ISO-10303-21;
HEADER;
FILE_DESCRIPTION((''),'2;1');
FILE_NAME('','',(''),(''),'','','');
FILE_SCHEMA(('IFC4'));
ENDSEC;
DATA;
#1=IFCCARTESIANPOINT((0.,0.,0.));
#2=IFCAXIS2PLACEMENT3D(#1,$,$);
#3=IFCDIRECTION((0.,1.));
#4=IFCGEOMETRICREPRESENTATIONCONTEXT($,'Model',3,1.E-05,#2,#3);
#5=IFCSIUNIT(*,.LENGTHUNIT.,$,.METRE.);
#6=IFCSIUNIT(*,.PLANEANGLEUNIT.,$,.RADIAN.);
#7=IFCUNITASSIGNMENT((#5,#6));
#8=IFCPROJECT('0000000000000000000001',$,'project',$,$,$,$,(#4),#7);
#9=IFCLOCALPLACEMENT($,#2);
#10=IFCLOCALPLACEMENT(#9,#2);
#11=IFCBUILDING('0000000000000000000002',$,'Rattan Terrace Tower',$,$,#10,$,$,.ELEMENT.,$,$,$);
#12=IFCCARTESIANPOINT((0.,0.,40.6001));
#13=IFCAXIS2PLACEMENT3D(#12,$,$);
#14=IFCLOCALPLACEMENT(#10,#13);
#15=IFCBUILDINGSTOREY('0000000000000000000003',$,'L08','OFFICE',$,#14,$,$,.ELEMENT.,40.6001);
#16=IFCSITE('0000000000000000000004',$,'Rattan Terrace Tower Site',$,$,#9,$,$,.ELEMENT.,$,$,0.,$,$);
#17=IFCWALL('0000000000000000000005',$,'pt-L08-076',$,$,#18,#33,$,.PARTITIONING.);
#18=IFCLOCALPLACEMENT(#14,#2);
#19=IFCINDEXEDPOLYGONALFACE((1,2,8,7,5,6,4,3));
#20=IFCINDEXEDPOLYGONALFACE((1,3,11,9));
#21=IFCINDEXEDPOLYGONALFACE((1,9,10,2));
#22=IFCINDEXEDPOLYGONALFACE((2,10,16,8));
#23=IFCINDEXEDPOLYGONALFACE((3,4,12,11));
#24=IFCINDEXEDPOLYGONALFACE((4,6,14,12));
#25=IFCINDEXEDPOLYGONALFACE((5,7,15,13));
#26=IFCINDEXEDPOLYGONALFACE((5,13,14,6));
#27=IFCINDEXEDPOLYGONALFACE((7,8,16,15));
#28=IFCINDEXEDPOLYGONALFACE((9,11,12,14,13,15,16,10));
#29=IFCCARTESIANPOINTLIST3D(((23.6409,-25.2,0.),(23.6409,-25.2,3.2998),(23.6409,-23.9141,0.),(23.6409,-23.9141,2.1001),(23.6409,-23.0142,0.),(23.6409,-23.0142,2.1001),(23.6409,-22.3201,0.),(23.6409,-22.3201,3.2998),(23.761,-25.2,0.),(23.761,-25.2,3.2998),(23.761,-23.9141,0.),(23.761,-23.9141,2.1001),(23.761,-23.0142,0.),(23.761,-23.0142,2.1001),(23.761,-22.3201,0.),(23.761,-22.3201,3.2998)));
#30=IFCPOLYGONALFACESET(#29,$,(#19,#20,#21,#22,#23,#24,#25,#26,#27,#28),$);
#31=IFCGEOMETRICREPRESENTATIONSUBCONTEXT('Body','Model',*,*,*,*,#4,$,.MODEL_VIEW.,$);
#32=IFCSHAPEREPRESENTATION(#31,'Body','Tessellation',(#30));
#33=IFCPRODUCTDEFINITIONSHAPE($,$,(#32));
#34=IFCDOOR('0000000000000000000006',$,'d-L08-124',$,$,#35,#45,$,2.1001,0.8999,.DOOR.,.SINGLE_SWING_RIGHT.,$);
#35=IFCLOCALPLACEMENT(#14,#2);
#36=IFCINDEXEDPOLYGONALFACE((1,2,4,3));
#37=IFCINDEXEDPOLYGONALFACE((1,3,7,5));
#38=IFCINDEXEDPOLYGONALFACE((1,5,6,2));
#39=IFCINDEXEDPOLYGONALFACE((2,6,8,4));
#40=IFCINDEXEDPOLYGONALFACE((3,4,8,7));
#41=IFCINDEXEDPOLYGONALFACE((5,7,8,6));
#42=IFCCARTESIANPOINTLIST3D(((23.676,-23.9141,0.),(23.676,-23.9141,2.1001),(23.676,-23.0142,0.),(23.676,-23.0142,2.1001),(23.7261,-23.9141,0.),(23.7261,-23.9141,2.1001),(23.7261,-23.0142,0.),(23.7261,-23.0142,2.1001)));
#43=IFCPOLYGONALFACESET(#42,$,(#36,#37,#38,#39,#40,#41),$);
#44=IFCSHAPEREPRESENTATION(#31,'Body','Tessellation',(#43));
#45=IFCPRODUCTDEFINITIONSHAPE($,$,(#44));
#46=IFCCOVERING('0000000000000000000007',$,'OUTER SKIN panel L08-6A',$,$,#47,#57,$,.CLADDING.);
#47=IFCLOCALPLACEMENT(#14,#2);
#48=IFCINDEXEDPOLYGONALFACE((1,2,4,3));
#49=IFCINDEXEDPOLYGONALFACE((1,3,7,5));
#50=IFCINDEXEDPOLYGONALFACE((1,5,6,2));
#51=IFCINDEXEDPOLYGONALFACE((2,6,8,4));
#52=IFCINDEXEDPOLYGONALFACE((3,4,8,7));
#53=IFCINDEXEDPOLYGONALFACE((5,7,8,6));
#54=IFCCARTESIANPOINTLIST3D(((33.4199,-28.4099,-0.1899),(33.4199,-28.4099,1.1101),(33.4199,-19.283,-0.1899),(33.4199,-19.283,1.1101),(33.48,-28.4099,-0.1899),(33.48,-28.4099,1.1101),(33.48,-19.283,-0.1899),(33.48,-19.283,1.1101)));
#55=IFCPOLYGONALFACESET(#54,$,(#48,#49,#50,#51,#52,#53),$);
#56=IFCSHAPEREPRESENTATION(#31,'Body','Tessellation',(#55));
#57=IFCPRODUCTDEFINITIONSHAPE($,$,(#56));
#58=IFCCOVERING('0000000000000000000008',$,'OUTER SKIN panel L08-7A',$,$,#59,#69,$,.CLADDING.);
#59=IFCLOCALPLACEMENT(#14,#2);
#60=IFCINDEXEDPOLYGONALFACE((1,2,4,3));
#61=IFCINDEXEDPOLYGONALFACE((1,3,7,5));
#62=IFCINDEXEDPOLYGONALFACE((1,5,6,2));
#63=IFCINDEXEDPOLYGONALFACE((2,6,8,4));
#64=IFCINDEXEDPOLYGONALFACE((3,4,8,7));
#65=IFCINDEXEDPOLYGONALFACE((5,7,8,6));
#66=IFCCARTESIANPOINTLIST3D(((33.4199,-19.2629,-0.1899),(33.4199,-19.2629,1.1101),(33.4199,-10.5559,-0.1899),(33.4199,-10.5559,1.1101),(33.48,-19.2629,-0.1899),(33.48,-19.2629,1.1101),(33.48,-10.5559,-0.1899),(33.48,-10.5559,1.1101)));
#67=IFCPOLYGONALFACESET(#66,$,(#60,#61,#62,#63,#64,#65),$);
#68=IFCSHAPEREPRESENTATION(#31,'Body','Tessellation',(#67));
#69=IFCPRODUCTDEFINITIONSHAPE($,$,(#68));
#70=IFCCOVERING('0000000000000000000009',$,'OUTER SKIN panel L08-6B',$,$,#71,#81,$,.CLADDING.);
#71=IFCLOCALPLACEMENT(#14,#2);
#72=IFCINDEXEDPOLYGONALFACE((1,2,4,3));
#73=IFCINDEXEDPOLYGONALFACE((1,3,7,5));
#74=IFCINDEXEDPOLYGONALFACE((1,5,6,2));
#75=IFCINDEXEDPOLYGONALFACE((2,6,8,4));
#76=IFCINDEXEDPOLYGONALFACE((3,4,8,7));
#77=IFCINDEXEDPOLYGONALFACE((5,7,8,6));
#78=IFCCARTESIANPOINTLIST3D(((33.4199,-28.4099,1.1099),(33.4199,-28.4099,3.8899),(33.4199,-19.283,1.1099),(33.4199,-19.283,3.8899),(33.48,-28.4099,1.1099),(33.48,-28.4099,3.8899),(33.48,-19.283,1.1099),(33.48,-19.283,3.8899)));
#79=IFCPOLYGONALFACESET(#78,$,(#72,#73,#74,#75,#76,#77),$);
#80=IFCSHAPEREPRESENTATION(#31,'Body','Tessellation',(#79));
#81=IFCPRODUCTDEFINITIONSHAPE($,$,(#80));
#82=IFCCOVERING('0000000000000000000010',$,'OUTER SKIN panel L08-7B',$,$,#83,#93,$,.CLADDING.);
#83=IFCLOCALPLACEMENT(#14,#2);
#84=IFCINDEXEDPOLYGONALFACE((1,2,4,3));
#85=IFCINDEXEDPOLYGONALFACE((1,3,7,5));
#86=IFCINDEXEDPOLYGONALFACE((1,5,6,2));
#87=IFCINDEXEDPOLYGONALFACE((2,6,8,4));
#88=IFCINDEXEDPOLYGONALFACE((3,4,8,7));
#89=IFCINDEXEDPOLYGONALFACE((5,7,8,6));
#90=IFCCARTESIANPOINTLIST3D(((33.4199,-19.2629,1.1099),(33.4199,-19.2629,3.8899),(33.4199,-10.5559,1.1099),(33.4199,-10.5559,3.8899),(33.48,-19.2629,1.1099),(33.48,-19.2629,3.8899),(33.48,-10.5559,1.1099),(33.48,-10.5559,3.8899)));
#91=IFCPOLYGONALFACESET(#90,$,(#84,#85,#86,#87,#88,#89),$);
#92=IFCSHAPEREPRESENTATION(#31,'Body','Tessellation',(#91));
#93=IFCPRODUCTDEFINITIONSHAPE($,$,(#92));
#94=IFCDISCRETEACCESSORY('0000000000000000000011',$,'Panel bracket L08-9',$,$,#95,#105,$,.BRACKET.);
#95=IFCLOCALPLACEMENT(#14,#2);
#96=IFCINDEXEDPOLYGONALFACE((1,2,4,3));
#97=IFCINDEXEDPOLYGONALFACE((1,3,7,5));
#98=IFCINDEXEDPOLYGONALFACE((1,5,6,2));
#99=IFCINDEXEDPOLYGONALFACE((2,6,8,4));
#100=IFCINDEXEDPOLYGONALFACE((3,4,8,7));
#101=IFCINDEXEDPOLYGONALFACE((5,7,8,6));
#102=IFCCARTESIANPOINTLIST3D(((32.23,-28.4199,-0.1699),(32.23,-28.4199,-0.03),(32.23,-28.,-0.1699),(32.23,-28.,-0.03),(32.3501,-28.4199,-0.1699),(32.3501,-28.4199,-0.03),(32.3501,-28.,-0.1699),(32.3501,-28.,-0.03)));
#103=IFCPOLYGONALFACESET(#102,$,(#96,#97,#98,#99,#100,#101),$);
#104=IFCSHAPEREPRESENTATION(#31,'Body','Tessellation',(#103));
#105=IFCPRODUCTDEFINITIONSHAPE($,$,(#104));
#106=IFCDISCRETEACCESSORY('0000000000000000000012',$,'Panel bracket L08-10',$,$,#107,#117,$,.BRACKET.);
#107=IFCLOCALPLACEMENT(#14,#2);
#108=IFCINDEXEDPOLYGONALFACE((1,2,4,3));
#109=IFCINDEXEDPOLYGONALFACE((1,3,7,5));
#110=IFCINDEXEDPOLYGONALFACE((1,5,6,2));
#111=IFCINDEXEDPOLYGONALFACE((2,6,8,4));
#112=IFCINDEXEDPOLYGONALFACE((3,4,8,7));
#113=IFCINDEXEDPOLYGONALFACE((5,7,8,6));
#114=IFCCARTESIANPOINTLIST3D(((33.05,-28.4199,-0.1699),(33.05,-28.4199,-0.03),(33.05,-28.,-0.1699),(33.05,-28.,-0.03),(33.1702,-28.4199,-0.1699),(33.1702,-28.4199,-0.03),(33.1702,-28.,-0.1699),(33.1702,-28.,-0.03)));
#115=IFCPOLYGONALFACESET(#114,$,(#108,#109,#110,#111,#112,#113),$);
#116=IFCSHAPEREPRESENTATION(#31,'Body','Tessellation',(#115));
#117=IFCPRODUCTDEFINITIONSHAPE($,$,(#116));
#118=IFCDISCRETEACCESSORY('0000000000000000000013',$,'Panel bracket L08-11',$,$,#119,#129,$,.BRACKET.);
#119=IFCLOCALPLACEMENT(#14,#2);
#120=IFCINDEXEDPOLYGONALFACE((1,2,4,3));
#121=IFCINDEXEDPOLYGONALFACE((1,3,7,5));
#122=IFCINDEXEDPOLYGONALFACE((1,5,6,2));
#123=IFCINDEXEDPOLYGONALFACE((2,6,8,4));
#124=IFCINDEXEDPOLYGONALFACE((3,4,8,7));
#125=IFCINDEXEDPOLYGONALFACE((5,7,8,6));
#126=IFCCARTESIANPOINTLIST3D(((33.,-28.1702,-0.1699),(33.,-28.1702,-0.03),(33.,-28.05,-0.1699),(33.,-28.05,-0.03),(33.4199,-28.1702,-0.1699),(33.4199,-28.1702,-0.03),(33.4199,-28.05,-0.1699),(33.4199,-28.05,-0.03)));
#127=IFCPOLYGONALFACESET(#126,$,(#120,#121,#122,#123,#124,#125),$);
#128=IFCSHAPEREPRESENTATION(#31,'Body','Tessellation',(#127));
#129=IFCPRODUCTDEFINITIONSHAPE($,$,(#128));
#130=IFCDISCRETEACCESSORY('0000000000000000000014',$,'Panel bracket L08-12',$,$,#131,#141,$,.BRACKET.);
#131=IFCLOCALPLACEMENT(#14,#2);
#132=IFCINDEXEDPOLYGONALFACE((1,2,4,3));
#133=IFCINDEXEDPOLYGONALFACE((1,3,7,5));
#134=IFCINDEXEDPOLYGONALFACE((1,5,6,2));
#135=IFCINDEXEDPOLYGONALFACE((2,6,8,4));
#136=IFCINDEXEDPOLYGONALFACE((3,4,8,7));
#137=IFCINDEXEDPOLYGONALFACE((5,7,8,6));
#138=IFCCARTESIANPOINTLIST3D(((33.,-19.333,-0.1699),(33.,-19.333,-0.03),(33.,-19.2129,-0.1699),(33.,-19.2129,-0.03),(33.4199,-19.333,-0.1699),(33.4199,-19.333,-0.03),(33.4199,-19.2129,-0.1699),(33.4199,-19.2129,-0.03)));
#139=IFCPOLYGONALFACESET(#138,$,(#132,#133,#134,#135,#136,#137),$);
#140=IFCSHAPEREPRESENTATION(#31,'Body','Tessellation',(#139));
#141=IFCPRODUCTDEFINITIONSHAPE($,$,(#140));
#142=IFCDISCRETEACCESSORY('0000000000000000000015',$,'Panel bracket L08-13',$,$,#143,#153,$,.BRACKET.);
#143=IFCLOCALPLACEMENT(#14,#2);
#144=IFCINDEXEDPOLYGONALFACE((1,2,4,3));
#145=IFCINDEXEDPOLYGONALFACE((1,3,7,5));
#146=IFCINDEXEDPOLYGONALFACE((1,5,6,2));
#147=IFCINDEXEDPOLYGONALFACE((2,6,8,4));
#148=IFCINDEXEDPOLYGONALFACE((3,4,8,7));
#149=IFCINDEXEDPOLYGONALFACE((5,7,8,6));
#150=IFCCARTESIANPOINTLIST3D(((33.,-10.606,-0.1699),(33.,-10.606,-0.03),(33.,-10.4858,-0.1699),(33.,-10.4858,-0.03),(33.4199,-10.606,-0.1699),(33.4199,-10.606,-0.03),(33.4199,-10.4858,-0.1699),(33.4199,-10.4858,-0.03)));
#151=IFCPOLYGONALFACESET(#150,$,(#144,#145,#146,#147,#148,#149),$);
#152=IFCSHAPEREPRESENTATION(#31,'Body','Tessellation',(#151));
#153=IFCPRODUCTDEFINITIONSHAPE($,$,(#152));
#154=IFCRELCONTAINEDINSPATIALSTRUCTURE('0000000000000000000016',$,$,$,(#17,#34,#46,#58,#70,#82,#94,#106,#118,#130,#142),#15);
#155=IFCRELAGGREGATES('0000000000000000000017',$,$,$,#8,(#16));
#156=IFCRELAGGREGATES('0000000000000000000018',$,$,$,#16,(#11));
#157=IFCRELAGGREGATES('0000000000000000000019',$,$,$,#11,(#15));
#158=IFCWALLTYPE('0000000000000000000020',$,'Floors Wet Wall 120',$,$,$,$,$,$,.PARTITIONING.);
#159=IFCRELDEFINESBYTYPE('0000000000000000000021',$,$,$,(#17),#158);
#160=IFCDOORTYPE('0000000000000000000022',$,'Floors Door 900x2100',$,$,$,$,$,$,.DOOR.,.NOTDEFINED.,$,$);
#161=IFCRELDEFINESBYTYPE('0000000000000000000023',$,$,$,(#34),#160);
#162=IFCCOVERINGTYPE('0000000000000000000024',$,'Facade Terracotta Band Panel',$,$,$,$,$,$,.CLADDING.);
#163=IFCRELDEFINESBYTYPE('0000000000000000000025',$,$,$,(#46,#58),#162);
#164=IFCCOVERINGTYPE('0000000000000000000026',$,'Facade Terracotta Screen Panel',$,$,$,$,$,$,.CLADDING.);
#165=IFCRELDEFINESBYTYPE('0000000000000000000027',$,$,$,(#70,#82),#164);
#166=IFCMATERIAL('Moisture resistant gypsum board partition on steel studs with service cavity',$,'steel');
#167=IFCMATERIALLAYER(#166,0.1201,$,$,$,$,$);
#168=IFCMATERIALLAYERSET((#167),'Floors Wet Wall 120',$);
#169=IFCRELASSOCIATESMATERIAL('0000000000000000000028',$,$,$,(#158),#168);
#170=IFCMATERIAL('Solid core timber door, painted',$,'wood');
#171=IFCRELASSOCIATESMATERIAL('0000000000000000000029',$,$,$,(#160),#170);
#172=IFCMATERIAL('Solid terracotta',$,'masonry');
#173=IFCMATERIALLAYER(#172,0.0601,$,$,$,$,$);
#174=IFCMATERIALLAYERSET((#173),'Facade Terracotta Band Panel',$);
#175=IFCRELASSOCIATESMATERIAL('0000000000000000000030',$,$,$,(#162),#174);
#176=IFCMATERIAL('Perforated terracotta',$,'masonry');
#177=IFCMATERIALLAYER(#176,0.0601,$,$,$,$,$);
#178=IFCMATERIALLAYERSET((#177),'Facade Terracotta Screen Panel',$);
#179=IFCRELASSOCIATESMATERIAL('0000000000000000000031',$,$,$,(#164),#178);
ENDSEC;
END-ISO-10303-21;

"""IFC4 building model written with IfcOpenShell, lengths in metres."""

from ifc_helpers import new_model, si_unit, direction, frame, frame_2d, origin, origin_2d, place, context, subcontext, project, spatial, rectangle, extrude, material, layer, layer_set, type_object, element, fill, save


model = new_model("IFC4")

# Units and contexts
model_context = context("Model", 3, precision=1e-05, world=origin(), true_north=direction((0.0, 1.0)))
body_context = subcontext(model_context, "Body", "Model", "MODEL_VIEW")
ifc_project = project(units=[si_unit("LENGTHUNIT", "METRE"), si_unit("PLANEANGLEUNIT", "RADIAN")], contexts=[model_context])

# Site, building, storey
site_placement = place(None, origin())
site = spatial("IfcSite", under=ifc_project, at=site_placement, Name="Rattan Terrace Tower Site", CompositionType="ELEMENT", RefElevation=0.0)
building_placement = place(site_placement, origin())
building = spatial("IfcBuilding", under=site, at=building_placement, Name="Rattan Terrace Tower", CompositionType="ELEMENT")
storey_placement = place(building_placement, frame((0.0, 0.0, 40.6001)))
storey = spatial("IfcBuildingStorey", under=building, at=storey_placement, Name="L08", Description="OFFICE", CompositionType="ELEMENT", Elevation=40.6001)

# Wall, opening, door
ifc_material_1 = material(Name="Moisture resistant gypsum board partition on steel studs with service cavity", Category="steel")
ifc_layer_1 = layer(ifc_material_1, 0.1201)
ifc_layer_set_1 = layer_set([ifc_layer_1], Name="Floors Wet Wall 120")
wall_type_1 = type_object("IfcWallType", Name="Floors Wet Wall 120", PredefinedType="PARTITIONING", material=ifc_layer_set_1)
wall_1_placement = place(storey_placement, frame((23.7009, -25.2, 0.0), z_axis=(0.0, 0.0, 1.0), x_axis=(0.0, 1.0, 0.0)))
wall_1 = element("IfcWall", 1, at=wall_1_placement, inside=storey, type_object=wall_type_1, Name="pt-L08-076", PredefinedType="PARTITIONING", context=body_context, shape_type="SweptSolid", body=[
    extrude(rectangle(XDim=2.8799, YDim=0.1201, at=frame_2d((1.4399, 0.0))), origin(), (0.0, 0.0, 1.0), 3.2998),
])
opening_1_placement = place(wall_1_placement, frame((1.2859, 0.0, 0.0)))
opening_1 = element("IfcOpeningElement", 2, at=opening_1_placement, cuts=wall_1, PredefinedType="OPENING", context=body_context, shape_type="SweptSolid", body=[
    extrude(rectangle(XDim=0.8999, YDim=2.1001, at=frame_2d((0.45, 1.05))), frame((0.0, 0.0706, 0.0), z_axis=(0.0, -1.0, 0.0), x_axis=(1.0, 0.0, 0.0)), (0.0, 0.0, 1.0), 0.1411),
])
ifc_material_2 = material(Name="Solid core timber door, painted", Category="wood")
door_type_1 = type_object("IfcDoorType", Name="Floors Door 900x2100", OperationType="NOTDEFINED", PredefinedType="DOOR", material=ifc_material_2)
door_1_placement = place(opening_1_placement, origin())
door_1 = element("IfcDoor", 3, at=door_1_placement, inside=storey, type_object=door_type_1, Name="d-L08-124", OperationType="SINGLE_SWING_RIGHT", OverallHeight=2.1001, OverallWidth=0.8999, PredefinedType="DOOR", context=body_context, shape_type="SweptSolid", body=[
    extrude(rectangle(XDim=0.8999, YDim=2.1001, at=frame_2d((0.45, 1.05))), frame((0.0, 0.0249, 0.0), z_axis=(0.0, -1.0, 0.0), x_axis=(1.0, 0.0, 0.0)), (0.0, 0.0, 1.0), 0.05),
])
fill(opening_1, door_1)

# Coverings
ifc_material_3 = material(Name="Solid terracotta", Category="masonry")
ifc_layer_2 = layer(ifc_material_3, 0.0601)
ifc_layer_set_2 = layer_set([ifc_layer_2], Name="Facade Terracotta Band Panel")
covering_type_1 = type_object("IfcCoveringType", Name="Facade Terracotta Band Panel", PredefinedType="CLADDING", material=ifc_layer_set_2)
covering_1_placement = place(storey_placement, frame((33.45, -23.8464, -0.1899), z_axis=(0.0, 0.0, 1.0), x_axis=(0.0, 1.0, 0.0)))
element("IfcCovering", 4, at=covering_1_placement, inside=storey, type_object=covering_type_1, Name="OUTER SKIN panel L08-6A", PredefinedType="CLADDING", context=body_context, shape_type="SweptSolid", body=[
    extrude(rectangle(XDim=9.127, YDim=0.0601, at=origin_2d()), origin(), (0.0, 0.0, 1.0), 1.3),
])
covering_2_placement = place(storey_placement, frame((33.45, -14.9094, -0.1899), z_axis=(0.0, 0.0, 1.0), x_axis=(0.0, 1.0, 0.0)))
element("IfcCovering", 5, at=covering_2_placement, inside=storey, type_object=covering_type_1, Name="OUTER SKIN panel L08-7A", PredefinedType="CLADDING", context=body_context, shape_type="SweptSolid", body=[
    extrude(rectangle(XDim=8.707, YDim=0.0601, at=origin_2d()), origin(), (0.0, 0.0, 1.0), 1.3),
])
ifc_material_4 = material(Name="Perforated terracotta", Category="masonry")
ifc_layer_3 = layer(ifc_material_4, 0.0601)
ifc_layer_set_3 = layer_set([ifc_layer_3], Name="Facade Terracotta Screen Panel")
covering_type_2 = type_object("IfcCoveringType", Name="Facade Terracotta Screen Panel", PredefinedType="CLADDING", material=ifc_layer_set_3)
covering_3_placement = place(storey_placement, frame((33.45, -23.8464, 1.1099), z_axis=(0.0, 0.0, 1.0), x_axis=(0.0, 1.0, 0.0)))
element("IfcCovering", 6, at=covering_3_placement, inside=storey, type_object=covering_type_2, Name="OUTER SKIN panel L08-6B", PredefinedType="CLADDING", context=body_context, shape_type="SweptSolid", body=[
    extrude(rectangle(XDim=9.127, YDim=0.0601, at=origin_2d()), origin(), (0.0, 0.0, 1.0), 2.78),
])
covering_4_placement = place(storey_placement, frame((33.45, -14.9094, 1.1099), z_axis=(0.0, 0.0, 1.0), x_axis=(0.0, 1.0, 0.0)))
element("IfcCovering", 7, at=covering_4_placement, inside=storey, type_object=covering_type_2, Name="OUTER SKIN panel L08-7B", PredefinedType="CLADDING", context=body_context, shape_type="SweptSolid", body=[
    extrude(rectangle(XDim=8.707, YDim=0.0601, at=origin_2d()), origin(), (0.0, 0.0, 1.0), 2.78),
])

# Discrete accessories
for number, where, z_axis, x_axis, name in (
    (8, (32.29, -28.21, -0.1699), (0.0, 0.0, 1.0), (1.0, 0.0, 0.0), "Panel bracket L08-9"),
    (9, (33.1101, -28.21, -0.1699), (0.0, 0.0, 1.0), (1.0, 0.0, 0.0), "Panel bracket L08-10"),
    (10, (33.21, -28.1101, -0.1699), (0.0, 0.0, 1.0), (0.0, 1.0, 0.0), "Panel bracket L08-11"),
    (11, (33.21, -19.2729, -0.1699), (0.0, 0.0, 1.0), (0.0, 1.0, 0.0), "Panel bracket L08-12"),
    (12, (33.21, -10.5459, -0.1699), (0.0, 0.0, 1.0), (0.0, 1.0, 0.0), "Panel bracket L08-13"),
):
    element("IfcDiscreteAccessory", number, at=place(storey_placement, frame(where, z_axis=z_axis, x_axis=x_axis)), inside=storey, Name=name, PredefinedType="BRACKET", context=body_context, shape_type="SweptSolid", body=[
        extrude(rectangle(XDim=0.1201, YDim=0.4199, at=origin_2d()), origin(), (0.0, 0.0, 1.0), 0.1399),
    ])

save(model, "model.ifc")
